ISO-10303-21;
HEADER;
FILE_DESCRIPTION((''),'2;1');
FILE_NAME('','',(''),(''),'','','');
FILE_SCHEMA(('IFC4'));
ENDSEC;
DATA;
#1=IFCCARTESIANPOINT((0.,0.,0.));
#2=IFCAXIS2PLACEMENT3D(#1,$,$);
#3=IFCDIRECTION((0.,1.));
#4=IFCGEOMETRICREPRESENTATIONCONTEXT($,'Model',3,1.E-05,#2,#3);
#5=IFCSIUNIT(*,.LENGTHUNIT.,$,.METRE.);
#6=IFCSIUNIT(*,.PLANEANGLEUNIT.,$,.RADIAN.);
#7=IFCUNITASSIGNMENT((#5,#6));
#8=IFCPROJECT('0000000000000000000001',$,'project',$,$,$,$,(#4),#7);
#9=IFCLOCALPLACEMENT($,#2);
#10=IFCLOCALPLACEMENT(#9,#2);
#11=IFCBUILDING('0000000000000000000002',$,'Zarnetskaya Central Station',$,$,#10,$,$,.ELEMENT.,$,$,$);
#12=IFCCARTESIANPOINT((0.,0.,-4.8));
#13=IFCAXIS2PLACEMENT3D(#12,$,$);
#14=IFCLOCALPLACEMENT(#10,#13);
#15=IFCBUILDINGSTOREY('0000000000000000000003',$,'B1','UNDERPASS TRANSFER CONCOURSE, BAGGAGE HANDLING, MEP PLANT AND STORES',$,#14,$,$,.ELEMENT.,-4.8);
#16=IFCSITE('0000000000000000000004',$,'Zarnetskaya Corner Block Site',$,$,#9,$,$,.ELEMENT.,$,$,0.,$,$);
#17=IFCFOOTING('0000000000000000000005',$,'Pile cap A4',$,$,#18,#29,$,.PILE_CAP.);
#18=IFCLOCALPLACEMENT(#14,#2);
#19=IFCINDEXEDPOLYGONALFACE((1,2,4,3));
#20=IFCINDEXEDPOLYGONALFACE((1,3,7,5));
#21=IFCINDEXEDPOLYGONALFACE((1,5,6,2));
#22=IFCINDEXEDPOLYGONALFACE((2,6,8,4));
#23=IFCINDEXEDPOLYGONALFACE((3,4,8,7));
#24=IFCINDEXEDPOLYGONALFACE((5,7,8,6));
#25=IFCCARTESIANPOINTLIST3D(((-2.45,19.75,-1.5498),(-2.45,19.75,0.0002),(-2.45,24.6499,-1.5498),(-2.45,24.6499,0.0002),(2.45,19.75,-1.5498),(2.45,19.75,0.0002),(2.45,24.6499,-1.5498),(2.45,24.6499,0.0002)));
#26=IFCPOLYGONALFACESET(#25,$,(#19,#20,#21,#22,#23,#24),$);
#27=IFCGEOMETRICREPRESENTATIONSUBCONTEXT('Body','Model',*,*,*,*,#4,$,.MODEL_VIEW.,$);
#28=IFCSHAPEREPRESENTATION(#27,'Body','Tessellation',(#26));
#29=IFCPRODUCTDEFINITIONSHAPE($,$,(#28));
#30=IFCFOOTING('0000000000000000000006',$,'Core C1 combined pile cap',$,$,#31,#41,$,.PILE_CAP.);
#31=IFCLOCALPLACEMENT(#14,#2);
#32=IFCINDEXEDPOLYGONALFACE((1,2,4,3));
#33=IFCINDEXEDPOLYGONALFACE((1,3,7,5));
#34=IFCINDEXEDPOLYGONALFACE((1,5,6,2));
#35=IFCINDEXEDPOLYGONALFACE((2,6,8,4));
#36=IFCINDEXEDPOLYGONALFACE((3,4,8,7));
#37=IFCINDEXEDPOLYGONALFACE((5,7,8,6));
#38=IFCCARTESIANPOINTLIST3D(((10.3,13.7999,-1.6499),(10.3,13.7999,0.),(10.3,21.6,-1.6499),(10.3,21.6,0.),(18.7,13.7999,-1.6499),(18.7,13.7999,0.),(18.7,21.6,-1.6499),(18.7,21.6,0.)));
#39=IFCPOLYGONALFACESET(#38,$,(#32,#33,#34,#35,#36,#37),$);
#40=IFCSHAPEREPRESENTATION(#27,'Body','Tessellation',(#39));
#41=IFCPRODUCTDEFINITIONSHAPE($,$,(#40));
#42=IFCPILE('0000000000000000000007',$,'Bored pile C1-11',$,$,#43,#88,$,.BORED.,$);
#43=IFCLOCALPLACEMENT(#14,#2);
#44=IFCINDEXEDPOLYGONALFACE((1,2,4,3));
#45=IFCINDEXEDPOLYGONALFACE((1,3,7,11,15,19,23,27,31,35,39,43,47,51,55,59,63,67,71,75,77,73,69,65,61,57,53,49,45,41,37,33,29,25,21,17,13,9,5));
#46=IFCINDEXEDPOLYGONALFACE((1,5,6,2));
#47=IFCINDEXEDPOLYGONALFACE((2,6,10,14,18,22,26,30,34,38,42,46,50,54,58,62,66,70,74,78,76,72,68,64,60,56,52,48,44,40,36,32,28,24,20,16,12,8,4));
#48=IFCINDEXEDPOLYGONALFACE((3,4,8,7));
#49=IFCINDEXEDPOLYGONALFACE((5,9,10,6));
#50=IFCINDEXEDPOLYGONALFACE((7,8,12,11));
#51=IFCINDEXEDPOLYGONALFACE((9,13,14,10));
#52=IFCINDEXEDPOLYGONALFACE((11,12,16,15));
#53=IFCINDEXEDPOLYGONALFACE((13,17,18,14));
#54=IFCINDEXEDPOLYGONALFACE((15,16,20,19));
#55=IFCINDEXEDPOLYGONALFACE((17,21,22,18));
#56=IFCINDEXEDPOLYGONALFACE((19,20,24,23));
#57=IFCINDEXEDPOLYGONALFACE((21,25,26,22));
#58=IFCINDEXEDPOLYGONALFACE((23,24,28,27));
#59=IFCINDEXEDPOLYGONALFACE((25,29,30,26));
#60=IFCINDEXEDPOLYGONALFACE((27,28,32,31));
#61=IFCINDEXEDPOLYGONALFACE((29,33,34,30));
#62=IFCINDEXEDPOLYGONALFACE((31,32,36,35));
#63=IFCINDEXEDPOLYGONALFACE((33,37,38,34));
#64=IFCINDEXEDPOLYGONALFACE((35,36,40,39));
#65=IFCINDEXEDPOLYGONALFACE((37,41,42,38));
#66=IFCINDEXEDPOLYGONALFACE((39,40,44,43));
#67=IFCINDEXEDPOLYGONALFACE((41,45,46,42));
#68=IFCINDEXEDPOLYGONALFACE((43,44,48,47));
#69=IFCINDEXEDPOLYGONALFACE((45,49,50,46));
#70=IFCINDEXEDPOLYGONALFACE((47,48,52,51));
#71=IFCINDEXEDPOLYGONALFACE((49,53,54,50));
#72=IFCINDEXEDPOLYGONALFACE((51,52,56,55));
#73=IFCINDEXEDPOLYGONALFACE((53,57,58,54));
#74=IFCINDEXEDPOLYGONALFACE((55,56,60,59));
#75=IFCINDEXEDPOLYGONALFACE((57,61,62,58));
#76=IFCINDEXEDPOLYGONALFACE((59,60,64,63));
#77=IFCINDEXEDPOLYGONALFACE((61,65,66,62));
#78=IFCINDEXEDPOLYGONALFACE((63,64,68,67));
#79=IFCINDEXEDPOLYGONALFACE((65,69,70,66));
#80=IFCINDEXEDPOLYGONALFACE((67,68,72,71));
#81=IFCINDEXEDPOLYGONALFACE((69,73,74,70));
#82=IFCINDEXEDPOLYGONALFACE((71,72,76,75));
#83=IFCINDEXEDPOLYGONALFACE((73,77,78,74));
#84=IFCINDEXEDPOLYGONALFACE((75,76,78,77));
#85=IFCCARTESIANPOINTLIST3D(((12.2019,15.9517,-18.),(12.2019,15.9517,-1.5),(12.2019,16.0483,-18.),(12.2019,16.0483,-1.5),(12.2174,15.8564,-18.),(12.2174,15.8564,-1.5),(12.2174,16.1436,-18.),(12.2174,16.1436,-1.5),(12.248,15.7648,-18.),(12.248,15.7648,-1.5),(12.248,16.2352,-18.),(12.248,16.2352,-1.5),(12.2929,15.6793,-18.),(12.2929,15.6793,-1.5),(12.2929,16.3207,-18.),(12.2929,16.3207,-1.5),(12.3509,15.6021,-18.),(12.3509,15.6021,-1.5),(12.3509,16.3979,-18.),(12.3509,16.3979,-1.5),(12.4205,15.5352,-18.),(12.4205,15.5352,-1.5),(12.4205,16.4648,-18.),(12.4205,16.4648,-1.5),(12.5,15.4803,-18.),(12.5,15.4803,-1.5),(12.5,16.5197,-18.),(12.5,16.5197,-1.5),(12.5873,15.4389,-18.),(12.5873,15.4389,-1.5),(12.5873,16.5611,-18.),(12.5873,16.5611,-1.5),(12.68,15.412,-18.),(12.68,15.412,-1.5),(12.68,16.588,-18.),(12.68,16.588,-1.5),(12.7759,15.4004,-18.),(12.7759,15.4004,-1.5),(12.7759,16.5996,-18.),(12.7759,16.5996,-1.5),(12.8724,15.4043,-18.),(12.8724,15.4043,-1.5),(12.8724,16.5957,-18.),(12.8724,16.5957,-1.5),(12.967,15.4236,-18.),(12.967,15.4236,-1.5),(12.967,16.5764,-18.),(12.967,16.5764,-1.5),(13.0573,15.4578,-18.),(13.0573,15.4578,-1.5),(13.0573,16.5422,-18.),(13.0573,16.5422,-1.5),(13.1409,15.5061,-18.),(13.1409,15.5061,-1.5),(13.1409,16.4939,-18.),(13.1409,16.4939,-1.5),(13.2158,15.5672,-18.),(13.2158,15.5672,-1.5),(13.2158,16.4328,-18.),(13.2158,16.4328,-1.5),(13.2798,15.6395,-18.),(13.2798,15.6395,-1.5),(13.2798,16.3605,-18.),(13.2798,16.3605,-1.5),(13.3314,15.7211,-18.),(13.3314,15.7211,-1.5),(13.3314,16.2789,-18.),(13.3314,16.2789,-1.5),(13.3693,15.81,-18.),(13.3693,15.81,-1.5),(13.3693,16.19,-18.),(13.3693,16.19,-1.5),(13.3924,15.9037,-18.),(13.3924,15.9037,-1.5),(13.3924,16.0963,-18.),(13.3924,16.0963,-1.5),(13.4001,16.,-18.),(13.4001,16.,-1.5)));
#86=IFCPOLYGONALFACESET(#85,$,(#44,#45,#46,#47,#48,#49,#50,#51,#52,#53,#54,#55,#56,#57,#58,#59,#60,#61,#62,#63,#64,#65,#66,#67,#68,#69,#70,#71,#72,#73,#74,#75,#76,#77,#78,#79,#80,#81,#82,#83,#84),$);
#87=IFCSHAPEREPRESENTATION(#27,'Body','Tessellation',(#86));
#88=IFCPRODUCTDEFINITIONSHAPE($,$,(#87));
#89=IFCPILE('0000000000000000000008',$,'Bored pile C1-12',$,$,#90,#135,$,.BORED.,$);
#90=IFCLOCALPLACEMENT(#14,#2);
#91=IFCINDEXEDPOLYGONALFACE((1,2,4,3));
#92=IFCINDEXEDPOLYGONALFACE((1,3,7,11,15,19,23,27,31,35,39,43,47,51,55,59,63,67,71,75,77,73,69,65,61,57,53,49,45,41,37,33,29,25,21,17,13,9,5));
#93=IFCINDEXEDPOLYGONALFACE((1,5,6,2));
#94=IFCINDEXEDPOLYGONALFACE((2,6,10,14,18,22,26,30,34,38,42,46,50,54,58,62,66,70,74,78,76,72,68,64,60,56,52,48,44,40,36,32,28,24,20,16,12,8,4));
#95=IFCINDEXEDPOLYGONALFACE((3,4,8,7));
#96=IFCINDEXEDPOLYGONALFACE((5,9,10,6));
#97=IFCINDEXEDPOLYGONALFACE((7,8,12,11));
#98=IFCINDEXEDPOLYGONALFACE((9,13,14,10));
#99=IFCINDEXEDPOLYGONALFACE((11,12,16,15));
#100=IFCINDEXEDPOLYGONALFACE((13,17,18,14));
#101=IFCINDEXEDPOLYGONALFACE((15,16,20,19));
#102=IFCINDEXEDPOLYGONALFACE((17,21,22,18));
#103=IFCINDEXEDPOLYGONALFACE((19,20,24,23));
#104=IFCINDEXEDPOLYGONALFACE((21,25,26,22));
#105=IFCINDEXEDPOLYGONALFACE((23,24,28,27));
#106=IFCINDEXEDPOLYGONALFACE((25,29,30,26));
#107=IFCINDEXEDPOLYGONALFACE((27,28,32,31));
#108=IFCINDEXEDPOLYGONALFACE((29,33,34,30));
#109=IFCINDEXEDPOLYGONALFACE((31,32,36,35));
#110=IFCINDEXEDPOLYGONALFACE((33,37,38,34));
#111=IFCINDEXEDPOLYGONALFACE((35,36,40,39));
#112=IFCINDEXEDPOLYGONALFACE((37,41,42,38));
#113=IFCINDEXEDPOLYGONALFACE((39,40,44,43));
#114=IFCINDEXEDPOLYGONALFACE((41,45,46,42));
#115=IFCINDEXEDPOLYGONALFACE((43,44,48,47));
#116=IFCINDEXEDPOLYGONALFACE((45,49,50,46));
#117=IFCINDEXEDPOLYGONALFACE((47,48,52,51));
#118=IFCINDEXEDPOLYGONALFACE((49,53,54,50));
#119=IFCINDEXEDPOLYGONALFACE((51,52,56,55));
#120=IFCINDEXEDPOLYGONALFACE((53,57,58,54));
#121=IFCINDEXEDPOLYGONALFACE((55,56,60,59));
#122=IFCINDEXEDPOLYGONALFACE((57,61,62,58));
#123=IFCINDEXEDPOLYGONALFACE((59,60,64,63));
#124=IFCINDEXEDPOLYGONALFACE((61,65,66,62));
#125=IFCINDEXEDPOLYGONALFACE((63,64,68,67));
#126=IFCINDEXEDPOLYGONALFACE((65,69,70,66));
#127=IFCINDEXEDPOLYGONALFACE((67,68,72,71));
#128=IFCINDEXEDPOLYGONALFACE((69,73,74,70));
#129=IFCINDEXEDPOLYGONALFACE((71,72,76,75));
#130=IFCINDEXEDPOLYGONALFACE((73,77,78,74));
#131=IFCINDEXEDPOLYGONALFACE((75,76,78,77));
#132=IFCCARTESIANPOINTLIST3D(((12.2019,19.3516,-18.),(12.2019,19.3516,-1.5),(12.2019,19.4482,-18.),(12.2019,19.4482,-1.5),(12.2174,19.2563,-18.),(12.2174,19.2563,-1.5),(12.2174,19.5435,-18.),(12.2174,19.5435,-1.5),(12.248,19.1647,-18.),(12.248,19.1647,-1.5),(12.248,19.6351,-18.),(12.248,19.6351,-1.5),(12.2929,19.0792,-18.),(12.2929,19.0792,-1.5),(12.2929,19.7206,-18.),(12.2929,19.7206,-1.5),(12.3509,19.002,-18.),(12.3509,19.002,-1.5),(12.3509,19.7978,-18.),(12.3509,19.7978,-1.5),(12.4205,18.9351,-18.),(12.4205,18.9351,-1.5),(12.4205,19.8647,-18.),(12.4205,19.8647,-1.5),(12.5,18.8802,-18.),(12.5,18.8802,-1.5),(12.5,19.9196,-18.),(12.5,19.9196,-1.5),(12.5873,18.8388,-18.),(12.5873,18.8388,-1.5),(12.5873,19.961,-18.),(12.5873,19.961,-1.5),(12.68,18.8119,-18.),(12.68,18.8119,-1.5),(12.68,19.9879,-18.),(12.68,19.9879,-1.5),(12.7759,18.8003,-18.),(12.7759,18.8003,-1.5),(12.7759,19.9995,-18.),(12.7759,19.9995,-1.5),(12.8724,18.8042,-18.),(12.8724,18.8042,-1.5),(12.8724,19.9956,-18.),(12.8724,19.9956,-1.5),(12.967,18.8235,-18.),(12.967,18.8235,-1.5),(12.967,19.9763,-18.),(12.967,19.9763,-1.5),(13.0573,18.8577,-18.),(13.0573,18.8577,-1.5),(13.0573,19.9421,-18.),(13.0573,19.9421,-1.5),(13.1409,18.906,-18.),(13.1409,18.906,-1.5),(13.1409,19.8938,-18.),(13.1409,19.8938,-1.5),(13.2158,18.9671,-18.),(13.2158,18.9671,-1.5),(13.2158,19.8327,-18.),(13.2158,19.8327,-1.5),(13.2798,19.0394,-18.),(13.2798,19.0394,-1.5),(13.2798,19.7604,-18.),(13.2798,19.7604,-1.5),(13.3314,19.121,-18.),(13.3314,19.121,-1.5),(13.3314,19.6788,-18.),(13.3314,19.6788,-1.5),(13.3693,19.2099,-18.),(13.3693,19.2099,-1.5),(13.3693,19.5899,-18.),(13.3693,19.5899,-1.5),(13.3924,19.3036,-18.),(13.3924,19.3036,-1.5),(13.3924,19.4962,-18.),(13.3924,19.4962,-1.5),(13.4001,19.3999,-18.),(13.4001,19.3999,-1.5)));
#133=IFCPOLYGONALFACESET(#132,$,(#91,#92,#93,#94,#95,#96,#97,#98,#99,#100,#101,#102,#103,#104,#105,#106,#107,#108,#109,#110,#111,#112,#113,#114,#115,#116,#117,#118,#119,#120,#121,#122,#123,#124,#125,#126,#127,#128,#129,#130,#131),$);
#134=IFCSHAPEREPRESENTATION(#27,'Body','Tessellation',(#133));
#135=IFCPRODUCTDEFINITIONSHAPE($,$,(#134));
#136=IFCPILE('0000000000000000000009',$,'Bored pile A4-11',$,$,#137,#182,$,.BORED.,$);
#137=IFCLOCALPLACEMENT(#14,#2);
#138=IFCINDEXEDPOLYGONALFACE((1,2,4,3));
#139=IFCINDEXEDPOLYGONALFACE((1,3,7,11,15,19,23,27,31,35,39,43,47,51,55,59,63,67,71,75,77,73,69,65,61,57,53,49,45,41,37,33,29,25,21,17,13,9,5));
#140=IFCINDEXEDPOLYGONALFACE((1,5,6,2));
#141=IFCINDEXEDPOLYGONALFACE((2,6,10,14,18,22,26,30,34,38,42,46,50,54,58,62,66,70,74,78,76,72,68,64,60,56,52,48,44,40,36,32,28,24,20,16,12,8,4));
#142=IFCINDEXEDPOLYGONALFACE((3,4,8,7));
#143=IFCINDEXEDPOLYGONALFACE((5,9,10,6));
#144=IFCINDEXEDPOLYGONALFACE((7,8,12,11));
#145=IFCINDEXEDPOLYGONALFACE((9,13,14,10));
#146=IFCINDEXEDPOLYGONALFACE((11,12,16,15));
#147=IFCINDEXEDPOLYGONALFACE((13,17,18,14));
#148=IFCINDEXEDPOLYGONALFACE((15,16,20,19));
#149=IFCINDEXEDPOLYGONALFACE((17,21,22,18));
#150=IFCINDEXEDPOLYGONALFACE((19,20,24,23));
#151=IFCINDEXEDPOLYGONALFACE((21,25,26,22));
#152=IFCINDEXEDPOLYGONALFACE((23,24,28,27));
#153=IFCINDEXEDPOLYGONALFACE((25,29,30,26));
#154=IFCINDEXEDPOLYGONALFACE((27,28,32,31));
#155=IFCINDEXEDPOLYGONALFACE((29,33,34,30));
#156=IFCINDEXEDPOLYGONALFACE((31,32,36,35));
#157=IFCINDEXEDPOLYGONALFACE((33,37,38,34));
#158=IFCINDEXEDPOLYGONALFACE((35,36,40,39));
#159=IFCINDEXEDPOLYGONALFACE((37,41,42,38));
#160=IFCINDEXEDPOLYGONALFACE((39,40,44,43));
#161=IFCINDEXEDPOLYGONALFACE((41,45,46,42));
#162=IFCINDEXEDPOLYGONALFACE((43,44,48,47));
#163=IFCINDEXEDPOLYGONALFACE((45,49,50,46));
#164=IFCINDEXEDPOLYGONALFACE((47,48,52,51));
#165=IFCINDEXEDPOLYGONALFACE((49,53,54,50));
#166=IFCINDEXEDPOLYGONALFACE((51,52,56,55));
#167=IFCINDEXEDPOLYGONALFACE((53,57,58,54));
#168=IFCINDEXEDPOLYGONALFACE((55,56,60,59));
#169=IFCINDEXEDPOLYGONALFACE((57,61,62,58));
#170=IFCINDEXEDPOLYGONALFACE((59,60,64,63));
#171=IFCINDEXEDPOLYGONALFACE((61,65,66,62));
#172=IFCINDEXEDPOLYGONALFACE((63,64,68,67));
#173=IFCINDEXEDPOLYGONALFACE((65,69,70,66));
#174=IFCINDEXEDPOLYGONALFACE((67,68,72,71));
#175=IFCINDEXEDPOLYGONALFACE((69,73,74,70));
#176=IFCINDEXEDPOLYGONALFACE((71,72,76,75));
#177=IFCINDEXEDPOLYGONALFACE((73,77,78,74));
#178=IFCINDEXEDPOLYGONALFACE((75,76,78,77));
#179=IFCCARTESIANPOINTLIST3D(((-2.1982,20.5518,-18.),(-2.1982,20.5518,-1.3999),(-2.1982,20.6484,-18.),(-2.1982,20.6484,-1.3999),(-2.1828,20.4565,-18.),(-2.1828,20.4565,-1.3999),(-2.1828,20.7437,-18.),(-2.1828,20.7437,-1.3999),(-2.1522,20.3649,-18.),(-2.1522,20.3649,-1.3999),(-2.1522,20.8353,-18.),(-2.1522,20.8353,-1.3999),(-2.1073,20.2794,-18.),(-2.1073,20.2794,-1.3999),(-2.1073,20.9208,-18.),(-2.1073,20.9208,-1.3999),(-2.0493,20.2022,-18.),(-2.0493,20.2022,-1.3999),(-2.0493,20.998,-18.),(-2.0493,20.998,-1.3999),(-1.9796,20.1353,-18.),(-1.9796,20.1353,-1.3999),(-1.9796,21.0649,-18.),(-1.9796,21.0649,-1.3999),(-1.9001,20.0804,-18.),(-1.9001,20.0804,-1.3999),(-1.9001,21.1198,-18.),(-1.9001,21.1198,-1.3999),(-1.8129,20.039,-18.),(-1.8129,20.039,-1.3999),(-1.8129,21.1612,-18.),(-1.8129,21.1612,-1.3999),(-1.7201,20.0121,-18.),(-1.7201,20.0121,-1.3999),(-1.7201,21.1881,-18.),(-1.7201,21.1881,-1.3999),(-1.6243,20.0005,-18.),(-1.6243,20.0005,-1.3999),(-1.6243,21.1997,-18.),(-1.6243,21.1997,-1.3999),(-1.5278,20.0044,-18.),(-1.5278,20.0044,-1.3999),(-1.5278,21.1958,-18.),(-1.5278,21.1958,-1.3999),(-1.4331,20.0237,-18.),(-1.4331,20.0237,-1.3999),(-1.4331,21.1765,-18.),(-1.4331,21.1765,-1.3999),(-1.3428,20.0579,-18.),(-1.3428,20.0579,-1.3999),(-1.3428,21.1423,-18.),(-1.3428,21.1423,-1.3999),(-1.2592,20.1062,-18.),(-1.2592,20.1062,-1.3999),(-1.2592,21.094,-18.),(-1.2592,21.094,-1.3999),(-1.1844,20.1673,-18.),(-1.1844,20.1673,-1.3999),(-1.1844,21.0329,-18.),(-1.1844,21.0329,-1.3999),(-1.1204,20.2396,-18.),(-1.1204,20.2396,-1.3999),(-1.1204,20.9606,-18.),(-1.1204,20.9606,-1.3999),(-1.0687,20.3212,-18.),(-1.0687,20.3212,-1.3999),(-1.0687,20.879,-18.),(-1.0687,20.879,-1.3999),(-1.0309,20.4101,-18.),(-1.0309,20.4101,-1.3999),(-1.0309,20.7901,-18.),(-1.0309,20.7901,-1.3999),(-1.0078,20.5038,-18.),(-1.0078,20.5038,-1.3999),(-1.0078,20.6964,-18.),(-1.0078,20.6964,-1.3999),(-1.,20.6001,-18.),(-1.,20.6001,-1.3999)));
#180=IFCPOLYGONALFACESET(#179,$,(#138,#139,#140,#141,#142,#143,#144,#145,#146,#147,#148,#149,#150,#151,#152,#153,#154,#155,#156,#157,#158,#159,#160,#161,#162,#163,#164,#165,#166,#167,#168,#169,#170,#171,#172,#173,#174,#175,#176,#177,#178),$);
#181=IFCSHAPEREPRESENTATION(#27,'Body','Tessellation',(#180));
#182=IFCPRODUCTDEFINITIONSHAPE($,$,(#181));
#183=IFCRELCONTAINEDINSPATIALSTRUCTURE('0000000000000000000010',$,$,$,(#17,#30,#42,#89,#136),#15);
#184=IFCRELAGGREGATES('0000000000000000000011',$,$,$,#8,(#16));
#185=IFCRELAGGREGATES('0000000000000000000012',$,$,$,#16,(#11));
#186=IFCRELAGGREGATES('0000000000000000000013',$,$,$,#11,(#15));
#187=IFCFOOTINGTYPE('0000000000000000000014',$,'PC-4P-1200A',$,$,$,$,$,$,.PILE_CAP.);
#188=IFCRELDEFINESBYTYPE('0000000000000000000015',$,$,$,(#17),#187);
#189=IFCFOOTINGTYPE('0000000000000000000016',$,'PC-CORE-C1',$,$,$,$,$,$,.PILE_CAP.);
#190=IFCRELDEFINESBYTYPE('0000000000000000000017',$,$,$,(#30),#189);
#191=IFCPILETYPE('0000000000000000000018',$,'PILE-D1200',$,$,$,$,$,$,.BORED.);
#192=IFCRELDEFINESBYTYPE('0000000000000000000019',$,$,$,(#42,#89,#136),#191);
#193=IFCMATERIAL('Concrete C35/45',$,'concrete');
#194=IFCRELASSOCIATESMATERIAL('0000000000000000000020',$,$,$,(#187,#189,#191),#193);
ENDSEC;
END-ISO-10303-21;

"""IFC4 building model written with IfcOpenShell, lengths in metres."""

from ifc_helpers import new_model, si_unit, direction, frame, origin, origin_2d, place, context, subcontext, project, spatial, rectangle, circle, extrude, material, material_profile, profile_set, type_object, element, save


model = new_model("IFC4")

# Units and contexts
model_context = context("Model", 3, precision=1e-05, world=origin(), true_north=direction((0.0, 1.0)))
body_context = subcontext(model_context, "Body", "Model", "MODEL_VIEW")
ifc_project = project(units=[si_unit("LENGTHUNIT", "METRE"), si_unit("PLANEANGLEUNIT", "RADIAN")], contexts=[model_context])

# Site, building, storey
site_placement = place(None, origin())
site = spatial("IfcSite", under=ifc_project, at=site_placement, Name="Zarnetskaya Corner Block Site", CompositionType="ELEMENT", RefElevation=0.0)
building_placement = place(site_placement, origin())
building = spatial("IfcBuilding", under=site, at=building_placement, Name="Zarnetskaya Central Station", CompositionType="ELEMENT")
storey_placement = place(building_placement, frame((0.0, 0.0, -4.8)))
storey = spatial("IfcBuildingStorey", under=building, at=storey_placement, Name="B1", Description="UNDERPASS TRANSFER CONCOURSE, BAGGAGE HANDLING, MEP PLANT AND STORES", CompositionType="ELEMENT", Elevation=-4.8)

# Footings
ifc_material_1 = material(Name="Concrete C35/45", Category="concrete")
footing_type_1 = type_object("IfcFootingType", Name="PC-4P-1200A", PredefinedType="PILE_CAP", material=ifc_material_1)
footing_1_placement = place(storey_placement, frame((0.0, 22.2, -1.5498), z_axis=(0.0, 0.0, 1.0), x_axis=(1.0, 0.0, 0.0)))
element("IfcFooting", 1, at=footing_1_placement, inside=storey, type_object=footing_type_1, Name="Pile cap A4", PredefinedType="PILE_CAP", context=body_context, shape_type="SweptSolid", body=[
    extrude(rectangle(XDim=4.8999, YDim=4.8999, at=origin_2d()), origin(), (0.0, 0.0, 1.0), 1.55),
])
footing_type_2 = type_object("IfcFootingType", Name="PC-CORE-C1", PredefinedType="PILE_CAP", material=ifc_material_1)
footing_2_placement = place(storey_placement, frame((14.5, 17.7, -1.6499), z_axis=(0.0, 0.0, 1.0), x_axis=(1.0, 0.0, 0.0)))
element("IfcFooting", 2, at=footing_2_placement, inside=storey, type_object=footing_type_2, Name="Core C1 combined pile cap", PredefinedType="PILE_CAP", context=body_context, shape_type="SweptSolid", body=[
    extrude(rectangle(XDim=8.3999, YDim=7.8, at=origin_2d()), origin(), (0.0, 0.0, 1.0), 1.6499),
])

# Piles
ifc_material_profile_1 = material_profile(ifc_material_1, circle(Radius=0.6001, at=origin_2d()), Name="BORED PILE D1200")
ifc_profile_set_1 = profile_set([ifc_material_profile_1], Name="Concrete C35/45")
pile_type = type_object("IfcPileType", Name="PILE-D1200", PredefinedType="BORED", material=ifc_profile_set_1)
for number, where, z_axis, x_axis, name in (
    (3, (12.8, 16.0, -1.5), (0.0, 0.0, -1.0), (1.0, 0.0, 0.0), "Bored pile C1-11"),
    (4, (12.8, 19.3999, -1.5), (0.0, 0.0, -1.0), (1.0, 0.0, 0.0), "Bored pile C1-12"),
):
    element("IfcPile", number, at=place(storey_placement, frame(where, z_axis=z_axis, x_axis=x_axis)), inside=storey, type_object=pile_type, Name=name, PredefinedType="BORED", context=body_context, shape_type="SweptSolid", body=[
        extrude(circle(Radius=0.6001, at=origin_2d()), origin(), (0.0, 0.0, 1.0), 16.5),
    ])
for number, where, z_axis, x_axis, name in (
    (5, (-1.6001, 20.6001, -1.3999), (0.0, 0.0, -1.0), (1.0, 0.0, 0.0), "Bored pile A4-11"),
):
    element("IfcPile", number, at=place(storey_placement, frame(where, z_axis=z_axis, x_axis=x_axis)), inside=storey, type_object=pile_type, Name=name, PredefinedType="BORED", context=body_context, shape_type="SweptSolid", body=[
        extrude(circle(Radius=0.6001, at=origin_2d()), origin(), (0.0, 0.0, 1.0), 16.6001),
    ])

save(model, "model.ifc")
